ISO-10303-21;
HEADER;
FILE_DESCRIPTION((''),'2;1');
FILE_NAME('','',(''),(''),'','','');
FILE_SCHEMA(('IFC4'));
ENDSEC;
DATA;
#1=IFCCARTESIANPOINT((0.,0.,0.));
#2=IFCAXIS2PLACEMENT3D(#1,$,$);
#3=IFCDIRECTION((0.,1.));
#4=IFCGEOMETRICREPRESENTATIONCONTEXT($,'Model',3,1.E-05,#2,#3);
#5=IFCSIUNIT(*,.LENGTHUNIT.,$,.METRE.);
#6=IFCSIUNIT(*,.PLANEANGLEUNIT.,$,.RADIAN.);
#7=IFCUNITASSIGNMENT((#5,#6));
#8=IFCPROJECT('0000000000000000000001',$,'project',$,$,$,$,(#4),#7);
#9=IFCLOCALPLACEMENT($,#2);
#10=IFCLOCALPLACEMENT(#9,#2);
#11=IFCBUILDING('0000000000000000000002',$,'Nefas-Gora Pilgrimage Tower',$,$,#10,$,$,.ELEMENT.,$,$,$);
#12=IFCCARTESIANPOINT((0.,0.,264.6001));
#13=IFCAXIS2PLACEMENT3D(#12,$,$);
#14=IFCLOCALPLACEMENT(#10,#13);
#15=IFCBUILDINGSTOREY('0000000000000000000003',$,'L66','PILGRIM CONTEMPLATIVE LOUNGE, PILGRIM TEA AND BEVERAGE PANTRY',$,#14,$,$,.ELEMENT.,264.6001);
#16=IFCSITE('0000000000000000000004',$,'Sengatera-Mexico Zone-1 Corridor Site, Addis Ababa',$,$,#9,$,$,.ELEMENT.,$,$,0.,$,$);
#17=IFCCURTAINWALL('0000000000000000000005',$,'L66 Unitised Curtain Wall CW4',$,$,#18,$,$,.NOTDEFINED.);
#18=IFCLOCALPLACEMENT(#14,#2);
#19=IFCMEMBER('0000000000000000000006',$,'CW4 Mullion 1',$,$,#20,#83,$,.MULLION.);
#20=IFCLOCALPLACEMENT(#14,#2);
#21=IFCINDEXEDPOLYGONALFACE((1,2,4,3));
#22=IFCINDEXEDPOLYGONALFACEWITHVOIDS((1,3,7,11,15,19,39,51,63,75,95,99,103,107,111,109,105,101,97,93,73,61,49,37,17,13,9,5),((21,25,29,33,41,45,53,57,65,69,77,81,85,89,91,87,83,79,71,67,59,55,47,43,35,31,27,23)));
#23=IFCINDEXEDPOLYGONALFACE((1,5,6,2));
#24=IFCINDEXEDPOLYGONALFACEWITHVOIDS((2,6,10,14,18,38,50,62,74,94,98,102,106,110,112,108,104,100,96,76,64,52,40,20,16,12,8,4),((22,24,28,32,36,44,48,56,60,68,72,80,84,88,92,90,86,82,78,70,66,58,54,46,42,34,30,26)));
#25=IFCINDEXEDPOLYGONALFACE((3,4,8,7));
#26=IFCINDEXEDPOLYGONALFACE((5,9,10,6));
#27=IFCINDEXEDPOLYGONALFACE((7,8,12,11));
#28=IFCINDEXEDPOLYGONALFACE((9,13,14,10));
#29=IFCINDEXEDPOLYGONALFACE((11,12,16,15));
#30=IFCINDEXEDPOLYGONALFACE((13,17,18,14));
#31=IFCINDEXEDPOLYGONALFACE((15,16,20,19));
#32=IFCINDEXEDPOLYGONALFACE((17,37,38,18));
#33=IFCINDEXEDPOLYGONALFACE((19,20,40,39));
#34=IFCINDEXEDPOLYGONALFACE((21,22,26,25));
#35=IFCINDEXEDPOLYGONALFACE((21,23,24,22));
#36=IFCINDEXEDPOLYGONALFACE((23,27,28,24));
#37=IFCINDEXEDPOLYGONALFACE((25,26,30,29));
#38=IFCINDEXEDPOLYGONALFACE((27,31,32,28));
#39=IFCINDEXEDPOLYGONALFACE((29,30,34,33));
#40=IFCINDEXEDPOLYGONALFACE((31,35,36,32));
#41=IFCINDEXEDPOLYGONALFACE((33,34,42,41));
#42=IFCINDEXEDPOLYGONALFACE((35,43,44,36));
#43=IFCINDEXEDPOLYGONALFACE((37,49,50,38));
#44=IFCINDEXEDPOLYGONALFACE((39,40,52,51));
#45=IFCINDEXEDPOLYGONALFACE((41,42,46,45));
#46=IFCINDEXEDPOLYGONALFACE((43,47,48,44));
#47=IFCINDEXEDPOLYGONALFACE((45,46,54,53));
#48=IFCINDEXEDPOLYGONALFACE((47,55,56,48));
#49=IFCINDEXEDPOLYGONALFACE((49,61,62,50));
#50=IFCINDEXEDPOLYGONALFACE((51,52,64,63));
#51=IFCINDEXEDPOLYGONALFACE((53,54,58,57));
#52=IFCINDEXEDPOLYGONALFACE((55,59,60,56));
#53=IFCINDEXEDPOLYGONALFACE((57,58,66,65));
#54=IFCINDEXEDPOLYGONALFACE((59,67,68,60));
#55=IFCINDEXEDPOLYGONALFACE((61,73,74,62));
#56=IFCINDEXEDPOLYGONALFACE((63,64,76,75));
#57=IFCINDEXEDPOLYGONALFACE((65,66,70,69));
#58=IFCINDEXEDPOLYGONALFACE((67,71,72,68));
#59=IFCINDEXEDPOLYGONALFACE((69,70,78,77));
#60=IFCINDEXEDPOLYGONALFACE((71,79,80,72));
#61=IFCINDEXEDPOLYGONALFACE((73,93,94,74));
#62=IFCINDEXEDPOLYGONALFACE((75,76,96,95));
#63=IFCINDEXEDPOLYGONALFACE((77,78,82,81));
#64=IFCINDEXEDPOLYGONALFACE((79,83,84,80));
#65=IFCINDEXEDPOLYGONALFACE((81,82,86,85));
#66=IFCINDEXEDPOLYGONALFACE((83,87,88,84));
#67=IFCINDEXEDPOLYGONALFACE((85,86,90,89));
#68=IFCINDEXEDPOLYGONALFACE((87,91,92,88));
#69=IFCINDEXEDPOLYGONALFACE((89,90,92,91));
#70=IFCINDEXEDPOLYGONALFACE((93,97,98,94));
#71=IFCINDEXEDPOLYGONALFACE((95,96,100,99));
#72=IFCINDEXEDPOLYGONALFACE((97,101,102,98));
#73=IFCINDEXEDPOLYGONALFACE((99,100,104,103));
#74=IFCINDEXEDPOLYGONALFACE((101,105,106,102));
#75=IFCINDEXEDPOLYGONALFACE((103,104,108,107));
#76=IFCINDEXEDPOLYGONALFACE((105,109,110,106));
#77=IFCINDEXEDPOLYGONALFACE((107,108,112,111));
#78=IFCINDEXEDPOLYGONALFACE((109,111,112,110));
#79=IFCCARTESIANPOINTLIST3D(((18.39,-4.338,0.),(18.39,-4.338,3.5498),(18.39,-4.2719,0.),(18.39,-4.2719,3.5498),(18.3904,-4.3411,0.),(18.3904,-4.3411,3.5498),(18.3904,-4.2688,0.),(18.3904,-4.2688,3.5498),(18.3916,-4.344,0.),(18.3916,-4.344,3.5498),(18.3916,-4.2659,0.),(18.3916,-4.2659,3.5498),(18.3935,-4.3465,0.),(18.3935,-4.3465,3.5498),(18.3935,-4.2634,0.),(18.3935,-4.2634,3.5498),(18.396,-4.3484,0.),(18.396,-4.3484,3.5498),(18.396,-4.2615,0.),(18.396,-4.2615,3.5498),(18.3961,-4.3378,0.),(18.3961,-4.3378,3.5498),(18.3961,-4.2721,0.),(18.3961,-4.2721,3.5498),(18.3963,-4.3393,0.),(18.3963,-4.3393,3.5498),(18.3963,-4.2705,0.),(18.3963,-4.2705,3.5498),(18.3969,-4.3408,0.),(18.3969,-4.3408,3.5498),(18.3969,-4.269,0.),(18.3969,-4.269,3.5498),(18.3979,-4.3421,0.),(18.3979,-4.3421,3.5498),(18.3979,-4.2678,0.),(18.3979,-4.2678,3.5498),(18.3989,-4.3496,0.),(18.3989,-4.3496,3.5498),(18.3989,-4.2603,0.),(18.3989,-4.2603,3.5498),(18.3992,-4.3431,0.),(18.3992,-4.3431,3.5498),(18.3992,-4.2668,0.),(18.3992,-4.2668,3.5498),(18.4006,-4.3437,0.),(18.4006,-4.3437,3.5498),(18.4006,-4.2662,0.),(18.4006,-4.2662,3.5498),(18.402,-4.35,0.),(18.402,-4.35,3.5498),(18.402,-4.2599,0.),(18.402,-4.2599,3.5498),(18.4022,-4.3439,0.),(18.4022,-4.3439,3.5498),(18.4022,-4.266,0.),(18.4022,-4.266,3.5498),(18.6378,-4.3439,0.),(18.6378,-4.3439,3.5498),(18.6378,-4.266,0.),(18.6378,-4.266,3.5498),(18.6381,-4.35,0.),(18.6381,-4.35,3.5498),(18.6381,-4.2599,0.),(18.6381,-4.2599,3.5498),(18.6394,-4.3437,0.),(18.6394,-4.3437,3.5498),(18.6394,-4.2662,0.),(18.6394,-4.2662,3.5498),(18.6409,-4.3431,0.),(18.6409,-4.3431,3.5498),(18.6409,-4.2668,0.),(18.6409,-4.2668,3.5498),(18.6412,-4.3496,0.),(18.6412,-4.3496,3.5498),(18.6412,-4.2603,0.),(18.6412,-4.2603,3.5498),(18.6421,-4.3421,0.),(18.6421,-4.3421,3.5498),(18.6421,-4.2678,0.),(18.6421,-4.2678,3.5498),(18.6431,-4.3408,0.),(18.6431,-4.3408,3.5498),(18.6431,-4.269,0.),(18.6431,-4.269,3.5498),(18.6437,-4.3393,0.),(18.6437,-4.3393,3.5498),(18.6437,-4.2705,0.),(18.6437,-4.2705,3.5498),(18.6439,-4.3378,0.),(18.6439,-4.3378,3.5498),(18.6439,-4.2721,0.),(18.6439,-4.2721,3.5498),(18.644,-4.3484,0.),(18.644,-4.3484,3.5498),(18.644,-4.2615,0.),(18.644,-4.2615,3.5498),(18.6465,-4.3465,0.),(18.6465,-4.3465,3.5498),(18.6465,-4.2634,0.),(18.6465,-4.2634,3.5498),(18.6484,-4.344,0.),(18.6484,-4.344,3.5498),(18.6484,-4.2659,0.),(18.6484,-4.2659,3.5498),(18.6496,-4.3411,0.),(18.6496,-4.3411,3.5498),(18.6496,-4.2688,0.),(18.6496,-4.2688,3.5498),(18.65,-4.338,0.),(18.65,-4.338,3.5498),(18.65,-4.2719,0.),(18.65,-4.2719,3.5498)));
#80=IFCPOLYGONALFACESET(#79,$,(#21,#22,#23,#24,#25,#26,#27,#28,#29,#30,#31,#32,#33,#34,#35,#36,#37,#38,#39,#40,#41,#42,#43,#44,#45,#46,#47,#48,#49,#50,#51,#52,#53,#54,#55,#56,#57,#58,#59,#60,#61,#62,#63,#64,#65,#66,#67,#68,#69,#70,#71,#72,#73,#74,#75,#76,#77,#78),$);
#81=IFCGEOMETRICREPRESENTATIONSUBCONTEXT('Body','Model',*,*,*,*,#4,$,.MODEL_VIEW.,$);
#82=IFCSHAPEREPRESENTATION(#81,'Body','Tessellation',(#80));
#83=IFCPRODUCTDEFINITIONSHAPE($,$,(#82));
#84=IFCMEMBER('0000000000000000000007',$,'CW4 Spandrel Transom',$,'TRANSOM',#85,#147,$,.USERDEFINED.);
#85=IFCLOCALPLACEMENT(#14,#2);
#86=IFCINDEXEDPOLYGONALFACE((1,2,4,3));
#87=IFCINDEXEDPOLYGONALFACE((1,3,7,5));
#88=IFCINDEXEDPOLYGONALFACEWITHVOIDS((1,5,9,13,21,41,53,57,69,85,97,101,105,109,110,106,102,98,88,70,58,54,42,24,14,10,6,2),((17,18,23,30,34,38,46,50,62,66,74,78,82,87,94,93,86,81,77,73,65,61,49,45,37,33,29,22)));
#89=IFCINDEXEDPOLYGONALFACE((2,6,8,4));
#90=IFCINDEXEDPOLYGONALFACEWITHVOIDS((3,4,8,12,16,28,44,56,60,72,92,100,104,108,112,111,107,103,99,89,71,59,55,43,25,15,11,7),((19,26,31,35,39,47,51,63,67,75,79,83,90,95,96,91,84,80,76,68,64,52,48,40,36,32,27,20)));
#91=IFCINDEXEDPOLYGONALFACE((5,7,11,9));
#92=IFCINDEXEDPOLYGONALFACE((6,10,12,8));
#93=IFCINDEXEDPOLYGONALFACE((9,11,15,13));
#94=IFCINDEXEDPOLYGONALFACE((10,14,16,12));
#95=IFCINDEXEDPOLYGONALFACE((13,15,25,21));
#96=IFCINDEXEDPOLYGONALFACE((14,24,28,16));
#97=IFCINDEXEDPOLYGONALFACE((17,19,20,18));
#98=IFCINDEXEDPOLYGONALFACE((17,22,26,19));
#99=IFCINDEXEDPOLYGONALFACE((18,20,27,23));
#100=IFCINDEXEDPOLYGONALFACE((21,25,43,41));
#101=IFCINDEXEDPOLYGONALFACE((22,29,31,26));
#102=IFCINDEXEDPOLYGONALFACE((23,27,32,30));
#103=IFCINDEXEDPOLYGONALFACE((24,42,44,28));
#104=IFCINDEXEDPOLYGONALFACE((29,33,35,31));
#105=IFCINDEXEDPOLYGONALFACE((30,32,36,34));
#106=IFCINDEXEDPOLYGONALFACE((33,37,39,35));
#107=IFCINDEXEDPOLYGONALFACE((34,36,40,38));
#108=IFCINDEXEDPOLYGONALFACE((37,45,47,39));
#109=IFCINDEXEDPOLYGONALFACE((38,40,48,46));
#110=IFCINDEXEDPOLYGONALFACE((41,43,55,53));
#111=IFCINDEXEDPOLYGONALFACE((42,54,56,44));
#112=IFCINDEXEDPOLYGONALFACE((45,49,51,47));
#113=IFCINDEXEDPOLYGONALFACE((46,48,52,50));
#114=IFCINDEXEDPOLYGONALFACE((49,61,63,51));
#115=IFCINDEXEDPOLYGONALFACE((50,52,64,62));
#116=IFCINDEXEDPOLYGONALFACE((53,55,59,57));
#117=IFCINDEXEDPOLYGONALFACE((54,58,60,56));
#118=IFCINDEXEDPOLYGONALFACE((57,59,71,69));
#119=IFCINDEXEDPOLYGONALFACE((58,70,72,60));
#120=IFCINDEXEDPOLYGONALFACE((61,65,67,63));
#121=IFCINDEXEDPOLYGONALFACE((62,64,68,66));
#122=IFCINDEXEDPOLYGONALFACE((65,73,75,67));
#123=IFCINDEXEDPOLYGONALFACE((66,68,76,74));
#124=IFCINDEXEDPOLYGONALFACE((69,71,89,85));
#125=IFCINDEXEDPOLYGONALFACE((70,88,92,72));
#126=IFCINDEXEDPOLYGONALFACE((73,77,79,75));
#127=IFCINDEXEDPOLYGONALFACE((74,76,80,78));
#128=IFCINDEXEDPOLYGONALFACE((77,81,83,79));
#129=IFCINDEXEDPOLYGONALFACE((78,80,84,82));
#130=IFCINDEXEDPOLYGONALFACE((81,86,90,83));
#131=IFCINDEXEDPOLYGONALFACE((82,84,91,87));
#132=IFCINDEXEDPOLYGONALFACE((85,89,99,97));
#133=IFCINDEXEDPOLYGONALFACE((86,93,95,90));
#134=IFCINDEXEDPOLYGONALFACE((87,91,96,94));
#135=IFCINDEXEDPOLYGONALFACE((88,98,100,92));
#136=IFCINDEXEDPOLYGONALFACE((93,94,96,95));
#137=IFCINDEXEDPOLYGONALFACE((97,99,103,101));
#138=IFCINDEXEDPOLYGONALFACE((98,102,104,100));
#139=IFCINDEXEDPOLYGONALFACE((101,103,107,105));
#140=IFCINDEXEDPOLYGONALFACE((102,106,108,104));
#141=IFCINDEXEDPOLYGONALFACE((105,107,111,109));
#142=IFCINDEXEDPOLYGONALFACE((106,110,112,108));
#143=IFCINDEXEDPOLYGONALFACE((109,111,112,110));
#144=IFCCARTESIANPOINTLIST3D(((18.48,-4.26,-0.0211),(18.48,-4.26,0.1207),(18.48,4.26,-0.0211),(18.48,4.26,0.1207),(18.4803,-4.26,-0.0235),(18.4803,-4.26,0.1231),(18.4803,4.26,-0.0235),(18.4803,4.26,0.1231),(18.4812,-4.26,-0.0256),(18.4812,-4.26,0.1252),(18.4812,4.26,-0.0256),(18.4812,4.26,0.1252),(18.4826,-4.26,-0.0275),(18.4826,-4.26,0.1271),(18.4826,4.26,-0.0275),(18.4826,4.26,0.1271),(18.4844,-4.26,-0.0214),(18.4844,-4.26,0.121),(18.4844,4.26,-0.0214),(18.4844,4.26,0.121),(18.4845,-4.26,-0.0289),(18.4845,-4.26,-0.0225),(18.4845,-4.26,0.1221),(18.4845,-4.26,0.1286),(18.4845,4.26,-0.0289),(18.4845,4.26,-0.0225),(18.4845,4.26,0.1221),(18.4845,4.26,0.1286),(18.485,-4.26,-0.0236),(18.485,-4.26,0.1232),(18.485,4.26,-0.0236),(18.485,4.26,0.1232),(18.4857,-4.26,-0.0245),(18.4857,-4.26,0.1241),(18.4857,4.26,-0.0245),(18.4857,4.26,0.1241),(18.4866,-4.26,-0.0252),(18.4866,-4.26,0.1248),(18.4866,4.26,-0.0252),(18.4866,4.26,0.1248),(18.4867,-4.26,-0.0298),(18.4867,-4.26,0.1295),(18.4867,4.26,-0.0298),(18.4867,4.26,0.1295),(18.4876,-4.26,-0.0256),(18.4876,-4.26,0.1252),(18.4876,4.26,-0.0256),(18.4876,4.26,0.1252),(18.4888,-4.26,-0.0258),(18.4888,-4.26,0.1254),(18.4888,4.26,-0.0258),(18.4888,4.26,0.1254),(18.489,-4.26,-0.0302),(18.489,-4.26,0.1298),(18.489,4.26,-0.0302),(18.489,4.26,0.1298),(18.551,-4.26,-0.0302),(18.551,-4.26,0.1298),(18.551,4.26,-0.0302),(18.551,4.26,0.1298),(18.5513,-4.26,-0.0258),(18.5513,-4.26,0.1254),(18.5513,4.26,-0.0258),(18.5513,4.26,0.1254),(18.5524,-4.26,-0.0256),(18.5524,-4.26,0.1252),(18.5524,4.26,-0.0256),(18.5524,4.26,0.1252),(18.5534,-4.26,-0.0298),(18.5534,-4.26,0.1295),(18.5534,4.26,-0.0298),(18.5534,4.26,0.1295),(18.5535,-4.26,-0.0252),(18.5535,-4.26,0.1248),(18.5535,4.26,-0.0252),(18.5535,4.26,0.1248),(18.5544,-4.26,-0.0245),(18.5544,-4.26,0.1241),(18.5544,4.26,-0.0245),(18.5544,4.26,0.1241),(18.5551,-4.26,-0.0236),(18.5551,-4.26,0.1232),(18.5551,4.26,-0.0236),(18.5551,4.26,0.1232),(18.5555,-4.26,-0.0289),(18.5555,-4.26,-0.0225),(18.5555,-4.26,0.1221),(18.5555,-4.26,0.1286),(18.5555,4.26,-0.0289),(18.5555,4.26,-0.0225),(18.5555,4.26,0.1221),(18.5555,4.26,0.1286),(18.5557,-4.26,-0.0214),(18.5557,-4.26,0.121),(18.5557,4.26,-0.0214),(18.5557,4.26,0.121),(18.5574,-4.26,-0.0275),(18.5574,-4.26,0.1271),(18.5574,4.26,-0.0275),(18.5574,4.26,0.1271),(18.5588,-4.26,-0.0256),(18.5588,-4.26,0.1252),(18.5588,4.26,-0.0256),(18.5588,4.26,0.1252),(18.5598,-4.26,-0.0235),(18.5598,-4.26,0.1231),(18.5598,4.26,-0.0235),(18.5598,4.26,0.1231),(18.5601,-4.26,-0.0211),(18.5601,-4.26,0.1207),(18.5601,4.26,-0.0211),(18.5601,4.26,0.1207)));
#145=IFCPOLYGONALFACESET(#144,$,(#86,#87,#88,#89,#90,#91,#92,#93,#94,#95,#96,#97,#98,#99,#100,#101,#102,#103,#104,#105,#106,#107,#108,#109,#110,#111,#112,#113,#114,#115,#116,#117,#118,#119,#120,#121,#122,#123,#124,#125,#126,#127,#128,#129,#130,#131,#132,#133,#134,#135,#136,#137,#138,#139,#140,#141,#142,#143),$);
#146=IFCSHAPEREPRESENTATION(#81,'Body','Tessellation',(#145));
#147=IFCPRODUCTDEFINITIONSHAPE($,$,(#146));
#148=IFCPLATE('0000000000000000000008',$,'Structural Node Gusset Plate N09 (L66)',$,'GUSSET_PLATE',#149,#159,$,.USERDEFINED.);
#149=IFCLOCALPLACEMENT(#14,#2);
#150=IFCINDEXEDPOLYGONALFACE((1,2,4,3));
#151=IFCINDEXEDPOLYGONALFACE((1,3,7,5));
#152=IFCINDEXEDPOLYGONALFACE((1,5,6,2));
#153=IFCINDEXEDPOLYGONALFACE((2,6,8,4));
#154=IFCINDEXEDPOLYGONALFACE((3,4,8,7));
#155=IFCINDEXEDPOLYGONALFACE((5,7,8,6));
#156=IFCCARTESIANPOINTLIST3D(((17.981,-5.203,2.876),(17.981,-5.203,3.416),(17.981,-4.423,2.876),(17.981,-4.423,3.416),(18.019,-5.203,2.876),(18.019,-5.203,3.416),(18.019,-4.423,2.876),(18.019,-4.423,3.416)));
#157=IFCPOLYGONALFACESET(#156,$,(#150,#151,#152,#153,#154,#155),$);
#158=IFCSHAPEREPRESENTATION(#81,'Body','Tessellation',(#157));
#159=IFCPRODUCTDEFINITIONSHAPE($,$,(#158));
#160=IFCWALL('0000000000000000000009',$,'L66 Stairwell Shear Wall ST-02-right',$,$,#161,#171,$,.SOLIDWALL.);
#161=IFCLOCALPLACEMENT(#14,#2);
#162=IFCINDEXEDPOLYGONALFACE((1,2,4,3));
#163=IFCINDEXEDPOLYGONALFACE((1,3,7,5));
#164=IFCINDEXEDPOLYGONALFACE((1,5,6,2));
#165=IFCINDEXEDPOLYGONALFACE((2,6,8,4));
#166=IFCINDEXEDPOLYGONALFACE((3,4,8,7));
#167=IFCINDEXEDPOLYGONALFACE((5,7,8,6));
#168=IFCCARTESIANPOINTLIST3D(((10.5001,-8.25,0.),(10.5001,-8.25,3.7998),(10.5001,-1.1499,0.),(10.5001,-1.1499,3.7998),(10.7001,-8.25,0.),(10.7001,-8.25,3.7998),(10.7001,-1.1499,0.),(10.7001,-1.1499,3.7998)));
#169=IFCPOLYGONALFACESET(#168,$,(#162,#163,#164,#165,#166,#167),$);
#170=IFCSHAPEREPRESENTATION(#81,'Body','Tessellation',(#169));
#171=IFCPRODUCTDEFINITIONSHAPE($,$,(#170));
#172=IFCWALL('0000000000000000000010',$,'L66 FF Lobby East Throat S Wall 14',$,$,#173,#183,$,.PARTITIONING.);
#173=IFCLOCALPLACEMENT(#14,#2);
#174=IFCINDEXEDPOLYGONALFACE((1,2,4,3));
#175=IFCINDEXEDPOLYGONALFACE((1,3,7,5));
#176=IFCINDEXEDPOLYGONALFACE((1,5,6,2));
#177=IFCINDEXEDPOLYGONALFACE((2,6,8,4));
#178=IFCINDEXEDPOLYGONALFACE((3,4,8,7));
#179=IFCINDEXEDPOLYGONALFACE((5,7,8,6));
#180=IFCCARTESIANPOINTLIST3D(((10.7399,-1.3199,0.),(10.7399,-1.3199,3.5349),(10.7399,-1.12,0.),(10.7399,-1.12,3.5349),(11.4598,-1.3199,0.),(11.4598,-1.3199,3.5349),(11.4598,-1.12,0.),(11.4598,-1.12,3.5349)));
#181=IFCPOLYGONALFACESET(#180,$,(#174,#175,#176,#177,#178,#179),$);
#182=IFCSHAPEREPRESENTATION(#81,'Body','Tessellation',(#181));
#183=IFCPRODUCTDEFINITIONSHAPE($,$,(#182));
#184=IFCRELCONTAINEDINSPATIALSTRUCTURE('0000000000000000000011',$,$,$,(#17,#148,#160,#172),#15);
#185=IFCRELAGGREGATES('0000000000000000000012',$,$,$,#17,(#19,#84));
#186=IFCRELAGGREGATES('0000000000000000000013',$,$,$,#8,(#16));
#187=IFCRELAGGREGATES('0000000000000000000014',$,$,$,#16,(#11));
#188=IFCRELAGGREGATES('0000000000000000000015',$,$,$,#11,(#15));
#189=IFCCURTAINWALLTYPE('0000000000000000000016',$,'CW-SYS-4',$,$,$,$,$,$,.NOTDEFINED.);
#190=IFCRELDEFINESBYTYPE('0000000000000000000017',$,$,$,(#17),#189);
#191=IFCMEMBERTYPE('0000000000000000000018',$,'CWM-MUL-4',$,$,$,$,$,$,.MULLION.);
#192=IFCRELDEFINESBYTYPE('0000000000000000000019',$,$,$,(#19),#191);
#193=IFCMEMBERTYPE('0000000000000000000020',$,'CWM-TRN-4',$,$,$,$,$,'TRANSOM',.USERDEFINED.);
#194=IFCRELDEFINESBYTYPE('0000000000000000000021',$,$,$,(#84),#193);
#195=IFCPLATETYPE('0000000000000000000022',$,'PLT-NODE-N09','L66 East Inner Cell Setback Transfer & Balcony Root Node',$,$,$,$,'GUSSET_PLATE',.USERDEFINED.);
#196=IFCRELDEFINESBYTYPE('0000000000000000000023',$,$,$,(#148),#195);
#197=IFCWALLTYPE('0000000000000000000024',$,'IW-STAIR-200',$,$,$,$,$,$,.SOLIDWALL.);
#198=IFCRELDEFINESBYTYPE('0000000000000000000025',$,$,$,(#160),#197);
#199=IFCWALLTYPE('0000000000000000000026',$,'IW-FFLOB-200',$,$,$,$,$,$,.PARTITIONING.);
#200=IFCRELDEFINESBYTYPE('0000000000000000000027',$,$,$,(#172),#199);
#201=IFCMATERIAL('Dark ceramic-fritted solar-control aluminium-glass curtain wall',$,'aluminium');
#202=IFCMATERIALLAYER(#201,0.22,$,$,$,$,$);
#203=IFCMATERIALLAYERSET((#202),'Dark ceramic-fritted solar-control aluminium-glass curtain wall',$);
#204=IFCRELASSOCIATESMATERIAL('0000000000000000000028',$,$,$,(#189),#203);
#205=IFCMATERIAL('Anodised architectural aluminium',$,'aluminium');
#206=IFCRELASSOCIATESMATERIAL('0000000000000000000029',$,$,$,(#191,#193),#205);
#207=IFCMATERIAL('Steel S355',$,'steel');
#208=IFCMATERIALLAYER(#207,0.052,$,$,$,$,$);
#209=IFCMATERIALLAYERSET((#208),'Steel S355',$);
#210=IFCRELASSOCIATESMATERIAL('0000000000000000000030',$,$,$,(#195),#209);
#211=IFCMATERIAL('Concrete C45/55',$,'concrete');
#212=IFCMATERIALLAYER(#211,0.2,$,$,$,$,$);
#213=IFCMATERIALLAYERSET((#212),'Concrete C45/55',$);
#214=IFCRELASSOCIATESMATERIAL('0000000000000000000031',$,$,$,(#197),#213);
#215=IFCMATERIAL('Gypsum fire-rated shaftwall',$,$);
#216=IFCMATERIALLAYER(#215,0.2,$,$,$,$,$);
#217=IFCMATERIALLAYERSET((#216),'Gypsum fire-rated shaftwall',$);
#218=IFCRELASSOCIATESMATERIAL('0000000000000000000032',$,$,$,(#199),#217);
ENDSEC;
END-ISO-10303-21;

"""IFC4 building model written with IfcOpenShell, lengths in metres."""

from ifc_helpers import new_model, si_unit, direction, frame, frame_2d, origin, origin_2d, place, context, subcontext, project, spatial, rectangle, hollow_rectangle, extrude, source, transform, mapped, material, layer, layer_set, material_profile, profile_set, type_object, element, aggregate, save


model = new_model("IFC4")

# Units and contexts
model_context = context("Model", 3, precision=1e-05, world=origin(), true_north=direction((0.0, 1.0)))
body_context = subcontext(model_context, "Body", "Model", "MODEL_VIEW")
ifc_project = project(units=[si_unit("LENGTHUNIT", "METRE"), si_unit("PLANEANGLEUNIT", "RADIAN")], contexts=[model_context])

# Site, building, storey
site_placement = place(None, origin())
site = spatial("IfcSite", under=ifc_project, at=site_placement, Name="Sengatera-Mexico Zone-1 Corridor Site, Addis Ababa", CompositionType="ELEMENT", RefElevation=0.0)
building_placement = place(site_placement, origin())
building = spatial("IfcBuilding", under=site, at=building_placement, Name="Nefas-Gora Pilgrimage Tower", CompositionType="ELEMENT")
storey_placement = place(building_placement, frame((0.0, 0.0, 264.6001)))
storey = spatial("IfcBuildingStorey", under=building, at=storey_placement, Name="L66", Description="PILGRIM CONTEMPLATIVE LOUNGE, PILGRIM TEA AND BEVERAGE PANTRY", CompositionType="ELEMENT", Elevation=264.6001)

# Shared definitions
ifc_material_1 = material(Name="Steel S355", Category="steel")

# Curtain wall, members
ifc_material_2 = material(Name="Dark ceramic-fritted solar-control aluminium-glass curtain wall", Category="aluminium")
ifc_layer_1 = layer(ifc_material_2, 0.22)
ifc_layer_set_1 = layer_set([ifc_layer_1], Name="Dark ceramic-fritted solar-control aluminium-glass curtain wall")
curtain_wall_type = type_object("IfcCurtainWallType", Name="CW-SYS-4", PredefinedType="NOTDEFINED", material=ifc_layer_set_1)
curtain_wall_placement = place(storey_placement, origin())
curtain_wall = element("IfcCurtainWall", 1, at=curtain_wall_placement, inside=storey, type_object=curtain_wall_type, Name="L66 Unitised Curtain Wall CW4", PredefinedType="NOTDEFINED")
ifc_material_3 = material(Name="Anodised architectural aluminium", Category="aluminium")
ifc_material_profile_1 = material_profile(ifc_material_3, hollow_rectangle(XDim=0.0901, YDim=0.26, WallThickness=0.0061, InnerFilletRadius=0.0061, OuterFilletRadius=0.012, at=origin_2d()), Name="ALU MULLION 90x260")
ifc_profile_set_1 = profile_set([ifc_material_profile_1], Name="Anodised architectural aluminium")
member_type_1 = type_object("IfcMemberType", Name="CWM-MUL-4", PredefinedType="MULLION", material=ifc_profile_set_1)
shared_shape_1 = source(origin(), body_context, "Body", "SweptSolid", [
    extrude(hollow_rectangle(XDim=0.0901, YDim=0.26, WallThickness=0.0061, InnerFilletRadius=0.0061, OuterFilletRadius=0.012, at=origin_2d()), origin(), (0.0, 0.0, 1.0), 3.5498),
])
member_1_placement = place(storey_placement, frame((18.52, -4.3049, 0.0), z_axis=(0.0, 0.0, 1.0), x_axis=(0.0, 1.0, 0.0)))
member_1 = element("IfcMember", 2, at=member_1_placement, type_object=member_type_1, Name="CW4 Mullion 1", PredefinedType="MULLION", context=body_context, shape_type="MappedRepresentation", body=[
    mapped(shared_shape_1, transform((0.0, 0.0, 0.0), x_axis=(1.0, 0.0, 0.0), y_axis=(0.0, 1.0, 0.0), z_axis=(0.0, 0.0, 1.0), scale=1.0)),
])
ifc_material_profile_2 = material_profile(ifc_material_3, hollow_rectangle(XDim=0.0801, YDim=0.1599, WallThickness=0.0044, InnerFilletRadius=0.0044, OuterFilletRadius=0.009, at=origin_2d()), Name="ALU TRANSOM 80x160")
ifc_profile_set_2 = profile_set([ifc_material_profile_2], Name="Anodised architectural aluminium")
member_type_2 = type_object("IfcMemberType", Name="CWM-TRN-4", ElementType="TRANSOM", PredefinedType="USERDEFINED", material=ifc_profile_set_2)
shared_shape_2 = source(origin(), body_context, "Body", "SweptSolid", [
    extrude(hollow_rectangle(XDim=0.0801, YDim=0.1599, WallThickness=0.0044, InnerFilletRadius=0.0044, OuterFilletRadius=0.009, at=origin_2d()), origin(), (0.0, 0.0, 1.0), 8.52),
])
member_2_placement = place(storey_placement, frame((18.52, -4.26, 0.0498), z_axis=(0.0, 1.0, 0.0), x_axis=(-1.0, 0.0, 0.0)))
member_2 = element("IfcMember", 3, at=member_2_placement, type_object=member_type_2, Name="CW4 Spandrel Transom", ObjectType="TRANSOM", PredefinedType="USERDEFINED", context=body_context, shape_type="MappedRepresentation", body=[
    mapped(shared_shape_2, transform((0.0, 0.0, 0.0), x_axis=(1.0, 0.0, 0.0), y_axis=(0.0, 1.0, 0.0), z_axis=(0.0, 0.0, 1.0), scale=1.0)),
])
aggregate(curtain_wall, [member_1, member_2])

# Plate
ifc_layer_2 = layer(ifc_material_1, 0.052)
ifc_layer_set_2 = layer_set([ifc_layer_2], Name="Steel S355")
plate_type = type_object("IfcPlateType", Name="PLT-NODE-N09", Description="L66 East Inner Cell Setback Transfer & Balcony Root Node", ElementType="GUSSET_PLATE", PredefinedType="USERDEFINED", material=ifc_layer_set_2)
shared_shape_3 = source(origin(), body_context, "Body", "SweptSolid", [
    extrude(rectangle(XDim=0.78, YDim=0.0381, at=origin_2d()), origin(), (0.0, 0.0, 1.0), 0.54),
])
plate_placement = place(storey_placement, frame((18.0, -4.813, 2.876), z_axis=(0.0, 0.0, 1.0), x_axis=(0.0, 1.0, 0.0)))
element("IfcPlate", 4, at=plate_placement, inside=storey, type_object=plate_type, Name="Structural Node Gusset Plate N09 (L66)", ObjectType="GUSSET_PLATE", PredefinedType="USERDEFINED", context=body_context, shape_type="MappedRepresentation", body=[
    mapped(shared_shape_3, transform((0.0, 0.0, 0.0), x_axis=(1.0, 0.0, 0.0), y_axis=(0.0, 1.0, 0.0), z_axis=(0.0, 0.0, 1.0), scale=1.0)),
])

# Walls
ifc_material_4 = material(Name="Concrete C45/55", Category="concrete")
ifc_layer_3 = layer(ifc_material_4, 0.2)
ifc_layer_set_3 = layer_set([ifc_layer_3], Name="Concrete C45/55")
wall_type_1 = type_object("IfcWallType", Name="IW-STAIR-200", PredefinedType="SOLIDWALL", material=ifc_layer_set_3)
shared_shape_4 = source(origin(), body_context, "Body", "SweptSolid", [
    extrude(rectangle(XDim=7.1001, YDim=0.2, at=frame_2d((3.55, 0.0))), origin(), (0.0, 0.0, 1.0), 3.7998),
])
wall_1_placement = place(storey_placement, frame((10.6001, -1.1499, 0.0), z_axis=(0.0, 0.0, 1.0), x_axis=(0.0, -1.0, 0.0)))
element("IfcWall", 5, at=wall_1_placement, inside=storey, type_object=wall_type_1, Name="L66 Stairwell Shear Wall ST-02-right", PredefinedType="SOLIDWALL", context=body_context, shape_type="MappedRepresentation", body=[
    mapped(shared_shape_4, transform((0.0, 0.0, 0.0), x_axis=(1.0, 0.0, 0.0), y_axis=(0.0, 1.0, 0.0), z_axis=(0.0, 0.0, 1.0), scale=1.0)),
])
ifc_material_5 = material(Name="Gypsum fire-rated shaftwall")
ifc_layer_4 = layer(ifc_material_5, 0.2)
ifc_layer_set_4 = layer_set([ifc_layer_4], Name="Gypsum fire-rated shaftwall")
wall_type_2 = type_object("IfcWallType", Name="IW-FFLOB-200", PredefinedType="PARTITIONING", material=ifc_layer_set_4)
shared_shape_5 = source(origin(), body_context, "Body", "SweptSolid", [
    extrude(rectangle(XDim=0.72, YDim=0.2, at=frame_2d((0.3599, 0.0))), origin(), (0.0, 0.0, 1.0), 3.5349),
])
wall_2_placement = place(storey_placement, frame((10.74, -1.22, 0.0), z_axis=(0.0, 0.0, 1.0), x_axis=(1.0, 0.0, 0.0)))
element("IfcWall", 6, at=wall_2_placement, inside=storey, type_object=wall_type_2, Name="L66 FF Lobby East Throat S Wall 14", PredefinedType="PARTITIONING", context=body_context, shape_type="MappedRepresentation", body=[
    mapped(shared_shape_5, transform((0.0, 0.0, 0.0), x_axis=(1.0, 0.0, 0.0), y_axis=(0.0, 1.0, 0.0), z_axis=(0.0, 0.0, 1.0), scale=1.0)),
])

save(model, "model.ifc")
